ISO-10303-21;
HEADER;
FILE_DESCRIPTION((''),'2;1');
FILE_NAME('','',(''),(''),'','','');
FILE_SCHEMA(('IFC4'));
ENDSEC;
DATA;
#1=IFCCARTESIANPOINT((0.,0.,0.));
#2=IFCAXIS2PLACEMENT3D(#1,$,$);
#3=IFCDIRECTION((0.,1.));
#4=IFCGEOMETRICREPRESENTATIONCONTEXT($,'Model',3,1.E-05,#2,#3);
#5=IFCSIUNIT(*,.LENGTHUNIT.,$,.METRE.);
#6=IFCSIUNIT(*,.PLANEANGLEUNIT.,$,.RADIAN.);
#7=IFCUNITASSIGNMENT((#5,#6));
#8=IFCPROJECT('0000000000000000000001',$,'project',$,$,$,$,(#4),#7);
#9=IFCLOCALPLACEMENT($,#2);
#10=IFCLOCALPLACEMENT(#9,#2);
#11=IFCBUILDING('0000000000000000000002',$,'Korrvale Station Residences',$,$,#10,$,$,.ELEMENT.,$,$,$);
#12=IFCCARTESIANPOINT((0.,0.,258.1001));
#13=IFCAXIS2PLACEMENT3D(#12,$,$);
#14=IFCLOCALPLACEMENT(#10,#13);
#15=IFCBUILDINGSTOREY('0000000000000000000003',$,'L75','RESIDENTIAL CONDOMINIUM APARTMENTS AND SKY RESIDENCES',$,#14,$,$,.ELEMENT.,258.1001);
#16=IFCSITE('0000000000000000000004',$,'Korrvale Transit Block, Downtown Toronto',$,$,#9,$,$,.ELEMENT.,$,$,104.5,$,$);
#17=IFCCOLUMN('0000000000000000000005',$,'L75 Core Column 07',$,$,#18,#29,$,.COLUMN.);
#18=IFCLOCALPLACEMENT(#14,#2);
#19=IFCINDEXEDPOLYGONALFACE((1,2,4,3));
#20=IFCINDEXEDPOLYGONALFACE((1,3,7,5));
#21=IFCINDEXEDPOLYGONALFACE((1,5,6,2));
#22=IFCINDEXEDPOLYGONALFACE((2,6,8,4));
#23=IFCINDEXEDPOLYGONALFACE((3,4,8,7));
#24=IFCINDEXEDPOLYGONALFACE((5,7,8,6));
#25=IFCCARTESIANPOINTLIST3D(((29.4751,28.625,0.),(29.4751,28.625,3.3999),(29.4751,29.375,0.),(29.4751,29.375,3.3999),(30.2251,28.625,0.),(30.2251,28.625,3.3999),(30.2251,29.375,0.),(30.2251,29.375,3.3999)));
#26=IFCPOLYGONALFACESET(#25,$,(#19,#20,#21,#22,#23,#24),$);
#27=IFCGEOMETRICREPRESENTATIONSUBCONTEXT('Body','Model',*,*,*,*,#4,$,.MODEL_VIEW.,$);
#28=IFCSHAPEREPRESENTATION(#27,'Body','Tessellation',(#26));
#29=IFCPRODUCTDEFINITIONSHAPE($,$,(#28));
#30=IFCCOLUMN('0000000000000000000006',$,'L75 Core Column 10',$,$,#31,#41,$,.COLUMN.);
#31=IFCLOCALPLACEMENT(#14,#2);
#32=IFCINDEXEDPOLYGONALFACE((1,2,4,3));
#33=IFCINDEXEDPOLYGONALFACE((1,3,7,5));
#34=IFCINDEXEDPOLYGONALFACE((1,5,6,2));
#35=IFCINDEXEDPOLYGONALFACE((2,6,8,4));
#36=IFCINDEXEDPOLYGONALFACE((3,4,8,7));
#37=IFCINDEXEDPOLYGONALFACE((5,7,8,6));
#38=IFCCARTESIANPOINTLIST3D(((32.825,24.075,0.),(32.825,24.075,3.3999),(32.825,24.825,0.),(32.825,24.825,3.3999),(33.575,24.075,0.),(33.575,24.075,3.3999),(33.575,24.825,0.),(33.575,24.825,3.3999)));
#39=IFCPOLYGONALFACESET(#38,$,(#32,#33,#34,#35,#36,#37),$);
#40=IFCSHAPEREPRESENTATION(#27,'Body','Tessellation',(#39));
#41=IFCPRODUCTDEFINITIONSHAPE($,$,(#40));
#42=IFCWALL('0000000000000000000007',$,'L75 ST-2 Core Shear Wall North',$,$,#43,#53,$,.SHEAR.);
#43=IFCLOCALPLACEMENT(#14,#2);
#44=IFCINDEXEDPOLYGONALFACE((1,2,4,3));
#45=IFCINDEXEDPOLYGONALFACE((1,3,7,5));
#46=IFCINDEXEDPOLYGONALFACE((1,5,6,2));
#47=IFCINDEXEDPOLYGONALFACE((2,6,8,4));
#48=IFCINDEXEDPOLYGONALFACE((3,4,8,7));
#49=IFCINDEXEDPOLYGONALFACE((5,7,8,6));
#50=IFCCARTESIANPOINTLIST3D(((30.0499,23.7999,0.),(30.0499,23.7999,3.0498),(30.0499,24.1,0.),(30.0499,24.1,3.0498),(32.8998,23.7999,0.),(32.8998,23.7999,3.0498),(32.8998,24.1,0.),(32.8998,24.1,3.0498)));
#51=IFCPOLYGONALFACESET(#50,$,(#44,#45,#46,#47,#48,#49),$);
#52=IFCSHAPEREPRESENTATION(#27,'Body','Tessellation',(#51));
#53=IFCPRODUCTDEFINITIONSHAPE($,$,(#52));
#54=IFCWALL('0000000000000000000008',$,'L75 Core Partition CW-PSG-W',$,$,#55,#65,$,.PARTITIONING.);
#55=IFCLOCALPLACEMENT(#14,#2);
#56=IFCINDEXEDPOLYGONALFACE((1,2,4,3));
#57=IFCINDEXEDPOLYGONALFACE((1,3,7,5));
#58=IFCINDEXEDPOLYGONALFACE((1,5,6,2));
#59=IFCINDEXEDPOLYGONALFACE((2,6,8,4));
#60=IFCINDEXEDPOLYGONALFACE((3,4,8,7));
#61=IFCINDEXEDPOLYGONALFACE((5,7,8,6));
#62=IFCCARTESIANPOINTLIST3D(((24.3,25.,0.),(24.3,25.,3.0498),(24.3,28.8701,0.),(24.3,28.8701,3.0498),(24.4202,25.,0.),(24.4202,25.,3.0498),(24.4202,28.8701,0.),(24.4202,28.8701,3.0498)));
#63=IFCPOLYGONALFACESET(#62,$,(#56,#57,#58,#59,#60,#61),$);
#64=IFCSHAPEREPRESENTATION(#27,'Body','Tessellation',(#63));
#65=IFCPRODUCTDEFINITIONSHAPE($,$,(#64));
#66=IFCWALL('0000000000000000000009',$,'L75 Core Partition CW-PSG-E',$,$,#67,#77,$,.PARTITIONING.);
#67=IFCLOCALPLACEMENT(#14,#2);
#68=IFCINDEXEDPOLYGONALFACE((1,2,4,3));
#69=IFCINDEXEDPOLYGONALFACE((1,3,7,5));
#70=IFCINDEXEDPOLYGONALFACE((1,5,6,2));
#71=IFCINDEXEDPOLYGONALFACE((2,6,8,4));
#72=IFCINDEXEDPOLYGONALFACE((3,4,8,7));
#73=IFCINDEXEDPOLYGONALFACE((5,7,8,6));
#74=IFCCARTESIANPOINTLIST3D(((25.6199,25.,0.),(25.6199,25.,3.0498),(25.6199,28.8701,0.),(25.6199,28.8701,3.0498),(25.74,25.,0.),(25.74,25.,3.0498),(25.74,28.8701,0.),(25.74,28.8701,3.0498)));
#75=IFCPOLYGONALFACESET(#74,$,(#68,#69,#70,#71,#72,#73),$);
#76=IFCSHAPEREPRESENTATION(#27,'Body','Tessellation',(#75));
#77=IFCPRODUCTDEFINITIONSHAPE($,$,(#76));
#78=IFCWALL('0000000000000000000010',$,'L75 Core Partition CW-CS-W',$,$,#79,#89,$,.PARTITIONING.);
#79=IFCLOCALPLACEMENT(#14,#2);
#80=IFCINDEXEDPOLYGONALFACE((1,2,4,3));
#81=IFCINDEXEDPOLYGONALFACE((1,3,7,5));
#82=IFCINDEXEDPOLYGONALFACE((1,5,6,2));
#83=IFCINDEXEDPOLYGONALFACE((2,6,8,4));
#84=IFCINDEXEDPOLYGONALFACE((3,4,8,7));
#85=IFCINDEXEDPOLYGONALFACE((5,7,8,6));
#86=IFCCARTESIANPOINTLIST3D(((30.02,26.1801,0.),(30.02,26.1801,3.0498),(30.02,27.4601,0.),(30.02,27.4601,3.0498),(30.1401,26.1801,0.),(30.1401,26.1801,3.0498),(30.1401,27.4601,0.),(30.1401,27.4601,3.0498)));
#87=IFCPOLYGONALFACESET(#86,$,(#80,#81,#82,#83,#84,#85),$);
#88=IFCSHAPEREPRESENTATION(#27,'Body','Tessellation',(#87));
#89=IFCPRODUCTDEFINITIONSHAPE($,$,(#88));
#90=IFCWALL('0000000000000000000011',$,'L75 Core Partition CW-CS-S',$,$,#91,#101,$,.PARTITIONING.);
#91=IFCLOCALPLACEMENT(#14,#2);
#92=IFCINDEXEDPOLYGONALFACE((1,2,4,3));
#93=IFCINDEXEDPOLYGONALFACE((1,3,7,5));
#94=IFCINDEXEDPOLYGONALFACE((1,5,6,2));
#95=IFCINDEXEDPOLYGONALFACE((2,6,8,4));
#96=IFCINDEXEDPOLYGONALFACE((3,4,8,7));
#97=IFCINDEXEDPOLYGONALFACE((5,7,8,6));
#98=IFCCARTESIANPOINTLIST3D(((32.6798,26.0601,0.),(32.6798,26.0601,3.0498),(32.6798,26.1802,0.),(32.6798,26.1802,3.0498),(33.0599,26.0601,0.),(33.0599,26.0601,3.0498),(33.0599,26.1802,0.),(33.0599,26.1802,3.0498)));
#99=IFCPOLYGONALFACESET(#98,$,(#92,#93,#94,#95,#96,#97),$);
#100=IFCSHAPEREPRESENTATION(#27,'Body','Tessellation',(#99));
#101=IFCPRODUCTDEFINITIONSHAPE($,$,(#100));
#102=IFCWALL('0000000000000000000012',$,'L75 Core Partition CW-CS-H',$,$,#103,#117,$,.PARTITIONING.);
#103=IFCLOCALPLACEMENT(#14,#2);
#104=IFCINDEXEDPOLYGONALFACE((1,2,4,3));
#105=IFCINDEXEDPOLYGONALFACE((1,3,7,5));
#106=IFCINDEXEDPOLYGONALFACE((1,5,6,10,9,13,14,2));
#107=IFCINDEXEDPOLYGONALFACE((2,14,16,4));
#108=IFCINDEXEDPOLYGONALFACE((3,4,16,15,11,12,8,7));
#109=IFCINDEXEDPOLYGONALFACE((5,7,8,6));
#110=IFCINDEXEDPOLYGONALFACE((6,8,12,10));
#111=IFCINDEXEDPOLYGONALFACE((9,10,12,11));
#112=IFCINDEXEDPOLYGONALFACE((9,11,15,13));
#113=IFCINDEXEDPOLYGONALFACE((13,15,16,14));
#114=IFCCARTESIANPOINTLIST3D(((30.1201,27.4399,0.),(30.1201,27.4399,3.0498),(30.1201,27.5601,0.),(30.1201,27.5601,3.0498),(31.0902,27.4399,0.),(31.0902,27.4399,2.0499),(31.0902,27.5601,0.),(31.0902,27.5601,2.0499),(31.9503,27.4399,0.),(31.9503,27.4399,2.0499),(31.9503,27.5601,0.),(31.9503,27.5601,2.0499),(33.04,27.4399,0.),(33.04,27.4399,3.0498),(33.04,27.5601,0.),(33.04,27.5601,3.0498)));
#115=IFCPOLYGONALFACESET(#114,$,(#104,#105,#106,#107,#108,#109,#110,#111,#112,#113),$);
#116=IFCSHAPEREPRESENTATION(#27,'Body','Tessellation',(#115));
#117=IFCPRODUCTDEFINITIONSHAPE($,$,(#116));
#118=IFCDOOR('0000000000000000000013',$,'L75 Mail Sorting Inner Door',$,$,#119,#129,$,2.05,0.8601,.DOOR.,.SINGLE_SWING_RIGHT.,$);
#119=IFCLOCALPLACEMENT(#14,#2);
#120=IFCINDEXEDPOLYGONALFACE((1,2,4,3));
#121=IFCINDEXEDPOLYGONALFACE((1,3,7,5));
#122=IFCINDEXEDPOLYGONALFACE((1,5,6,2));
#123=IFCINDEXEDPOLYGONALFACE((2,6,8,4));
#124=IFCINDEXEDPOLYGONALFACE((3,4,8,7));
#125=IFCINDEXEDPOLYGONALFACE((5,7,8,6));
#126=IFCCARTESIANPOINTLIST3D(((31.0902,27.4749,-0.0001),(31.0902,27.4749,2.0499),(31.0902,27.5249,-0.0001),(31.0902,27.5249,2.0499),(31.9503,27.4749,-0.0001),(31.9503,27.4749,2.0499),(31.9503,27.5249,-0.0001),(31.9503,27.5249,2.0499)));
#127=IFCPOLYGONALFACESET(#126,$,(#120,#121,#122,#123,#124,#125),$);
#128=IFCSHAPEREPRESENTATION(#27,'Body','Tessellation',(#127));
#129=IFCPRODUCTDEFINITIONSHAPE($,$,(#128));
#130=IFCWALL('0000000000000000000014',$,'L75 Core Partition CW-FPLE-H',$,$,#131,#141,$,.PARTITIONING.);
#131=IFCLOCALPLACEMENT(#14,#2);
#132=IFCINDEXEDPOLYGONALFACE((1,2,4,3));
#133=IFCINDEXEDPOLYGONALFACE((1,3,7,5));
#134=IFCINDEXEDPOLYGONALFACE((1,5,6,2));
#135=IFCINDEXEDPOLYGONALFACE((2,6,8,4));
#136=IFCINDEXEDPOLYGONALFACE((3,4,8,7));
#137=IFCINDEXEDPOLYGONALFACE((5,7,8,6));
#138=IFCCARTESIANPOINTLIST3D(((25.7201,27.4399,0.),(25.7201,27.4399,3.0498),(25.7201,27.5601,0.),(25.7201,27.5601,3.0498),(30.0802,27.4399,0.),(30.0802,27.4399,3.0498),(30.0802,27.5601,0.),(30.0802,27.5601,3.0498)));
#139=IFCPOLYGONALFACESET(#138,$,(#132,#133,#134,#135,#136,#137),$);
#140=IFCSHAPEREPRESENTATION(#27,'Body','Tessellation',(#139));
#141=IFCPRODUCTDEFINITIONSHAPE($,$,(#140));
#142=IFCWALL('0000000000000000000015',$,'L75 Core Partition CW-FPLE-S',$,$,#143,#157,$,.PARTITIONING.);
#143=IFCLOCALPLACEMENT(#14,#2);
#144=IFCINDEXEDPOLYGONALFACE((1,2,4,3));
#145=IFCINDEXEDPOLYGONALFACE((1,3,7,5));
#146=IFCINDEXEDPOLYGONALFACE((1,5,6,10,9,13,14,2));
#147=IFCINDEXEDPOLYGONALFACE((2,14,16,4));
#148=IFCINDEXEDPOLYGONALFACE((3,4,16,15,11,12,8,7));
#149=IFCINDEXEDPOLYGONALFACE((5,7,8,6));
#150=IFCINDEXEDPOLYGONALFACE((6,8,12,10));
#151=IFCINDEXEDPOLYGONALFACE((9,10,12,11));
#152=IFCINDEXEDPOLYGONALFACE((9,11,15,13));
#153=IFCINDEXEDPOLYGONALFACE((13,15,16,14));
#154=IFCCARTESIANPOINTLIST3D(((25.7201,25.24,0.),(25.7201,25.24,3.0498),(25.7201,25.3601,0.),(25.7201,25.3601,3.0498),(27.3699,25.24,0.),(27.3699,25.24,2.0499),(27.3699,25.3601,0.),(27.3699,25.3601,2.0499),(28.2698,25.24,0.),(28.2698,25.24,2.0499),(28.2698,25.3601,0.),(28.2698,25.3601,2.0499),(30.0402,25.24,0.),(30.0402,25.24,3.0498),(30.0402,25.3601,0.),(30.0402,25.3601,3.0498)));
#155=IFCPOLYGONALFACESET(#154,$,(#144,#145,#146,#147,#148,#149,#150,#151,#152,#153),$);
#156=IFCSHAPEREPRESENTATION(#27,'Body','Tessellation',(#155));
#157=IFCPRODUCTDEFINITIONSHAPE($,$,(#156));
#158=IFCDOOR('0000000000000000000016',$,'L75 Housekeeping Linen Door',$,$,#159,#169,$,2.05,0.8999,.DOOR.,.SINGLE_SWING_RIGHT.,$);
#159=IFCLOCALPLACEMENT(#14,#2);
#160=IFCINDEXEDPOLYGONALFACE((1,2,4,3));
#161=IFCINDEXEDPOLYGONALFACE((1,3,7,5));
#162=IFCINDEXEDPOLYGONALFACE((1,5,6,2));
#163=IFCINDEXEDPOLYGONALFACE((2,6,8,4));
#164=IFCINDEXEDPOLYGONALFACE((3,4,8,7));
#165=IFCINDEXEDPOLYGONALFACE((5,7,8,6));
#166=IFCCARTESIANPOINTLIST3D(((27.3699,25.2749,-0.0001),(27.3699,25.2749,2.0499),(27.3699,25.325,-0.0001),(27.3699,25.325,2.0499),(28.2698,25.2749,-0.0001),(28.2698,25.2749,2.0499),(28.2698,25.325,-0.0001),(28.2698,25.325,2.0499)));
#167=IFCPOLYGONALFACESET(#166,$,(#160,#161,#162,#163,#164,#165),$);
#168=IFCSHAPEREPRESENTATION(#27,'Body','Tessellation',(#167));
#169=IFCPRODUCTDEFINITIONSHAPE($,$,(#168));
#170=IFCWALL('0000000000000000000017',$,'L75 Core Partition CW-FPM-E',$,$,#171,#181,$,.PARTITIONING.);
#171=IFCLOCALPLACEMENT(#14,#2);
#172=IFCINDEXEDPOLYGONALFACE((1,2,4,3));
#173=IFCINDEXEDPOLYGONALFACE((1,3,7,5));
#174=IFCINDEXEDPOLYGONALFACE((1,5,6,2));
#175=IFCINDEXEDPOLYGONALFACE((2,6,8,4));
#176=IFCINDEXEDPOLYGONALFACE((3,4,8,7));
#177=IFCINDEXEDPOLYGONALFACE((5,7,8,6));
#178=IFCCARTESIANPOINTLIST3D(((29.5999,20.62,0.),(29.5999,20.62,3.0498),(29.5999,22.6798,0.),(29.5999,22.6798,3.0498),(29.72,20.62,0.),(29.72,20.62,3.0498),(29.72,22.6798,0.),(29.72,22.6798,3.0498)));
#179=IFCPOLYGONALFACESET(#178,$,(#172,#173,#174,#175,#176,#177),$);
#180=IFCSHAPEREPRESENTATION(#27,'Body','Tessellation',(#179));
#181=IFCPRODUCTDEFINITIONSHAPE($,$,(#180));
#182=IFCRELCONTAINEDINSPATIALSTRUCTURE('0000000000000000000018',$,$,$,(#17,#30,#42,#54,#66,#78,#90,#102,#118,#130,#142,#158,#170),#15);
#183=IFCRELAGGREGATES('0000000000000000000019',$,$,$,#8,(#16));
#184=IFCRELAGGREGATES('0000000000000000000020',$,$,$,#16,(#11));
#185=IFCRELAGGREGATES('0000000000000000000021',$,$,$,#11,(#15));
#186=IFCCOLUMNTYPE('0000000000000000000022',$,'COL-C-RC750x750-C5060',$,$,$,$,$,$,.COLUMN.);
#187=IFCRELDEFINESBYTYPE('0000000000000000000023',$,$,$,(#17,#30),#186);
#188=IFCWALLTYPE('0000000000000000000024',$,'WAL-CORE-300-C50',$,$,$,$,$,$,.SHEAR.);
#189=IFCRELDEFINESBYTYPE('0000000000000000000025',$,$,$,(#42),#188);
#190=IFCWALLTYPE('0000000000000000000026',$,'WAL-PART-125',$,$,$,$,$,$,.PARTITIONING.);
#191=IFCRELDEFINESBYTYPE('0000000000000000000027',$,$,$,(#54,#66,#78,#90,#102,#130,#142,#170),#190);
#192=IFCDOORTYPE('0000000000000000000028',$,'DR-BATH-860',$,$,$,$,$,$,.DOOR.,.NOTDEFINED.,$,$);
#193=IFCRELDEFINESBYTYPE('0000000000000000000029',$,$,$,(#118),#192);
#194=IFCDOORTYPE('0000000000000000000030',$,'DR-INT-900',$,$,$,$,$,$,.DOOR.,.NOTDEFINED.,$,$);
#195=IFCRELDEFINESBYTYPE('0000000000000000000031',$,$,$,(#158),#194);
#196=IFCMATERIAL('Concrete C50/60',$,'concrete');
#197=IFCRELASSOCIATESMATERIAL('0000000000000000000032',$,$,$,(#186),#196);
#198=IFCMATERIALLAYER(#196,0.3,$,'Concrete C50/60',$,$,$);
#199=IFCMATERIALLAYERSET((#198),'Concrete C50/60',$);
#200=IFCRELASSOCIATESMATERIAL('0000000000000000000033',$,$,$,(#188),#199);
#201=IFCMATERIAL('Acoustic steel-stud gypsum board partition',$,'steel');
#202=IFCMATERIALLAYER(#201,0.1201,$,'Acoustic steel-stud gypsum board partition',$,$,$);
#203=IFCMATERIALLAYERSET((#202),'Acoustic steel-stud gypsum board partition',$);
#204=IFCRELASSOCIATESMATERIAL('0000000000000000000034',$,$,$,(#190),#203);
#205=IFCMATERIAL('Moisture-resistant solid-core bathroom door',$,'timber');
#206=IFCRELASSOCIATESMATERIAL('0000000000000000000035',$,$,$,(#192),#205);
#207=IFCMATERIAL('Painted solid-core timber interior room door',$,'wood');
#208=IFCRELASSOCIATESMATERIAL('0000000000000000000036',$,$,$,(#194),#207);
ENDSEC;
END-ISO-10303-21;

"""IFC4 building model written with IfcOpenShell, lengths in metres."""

from ifc_helpers import new_model, si_unit, direction, frame, frame_2d, origin, origin_2d, place, context, subcontext, project, spatial, rectangle, extrude, material, layer, layer_set, material_profile, profile_set, type_object, element, fill, save


model = new_model("IFC4")

# Units and contexts
model_context = context("Model", 3, precision=1e-05, world=origin(), true_north=direction((0.0, 1.0)))
body_context = subcontext(model_context, "Body", "Model", "MODEL_VIEW")
ifc_project = project(units=[si_unit("LENGTHUNIT", "METRE"), si_unit("PLANEANGLEUNIT", "RADIAN")], contexts=[model_context])

# Site, building, storey
site_placement = place(None, origin())
site = spatial("IfcSite", under=ifc_project, at=site_placement, Name="Korrvale Transit Block, Downtown Toronto", CompositionType="ELEMENT", RefElevation=104.5)
building_placement = place(site_placement, origin())
building = spatial("IfcBuilding", under=site, at=building_placement, Name="Korrvale Station Residences", CompositionType="ELEMENT")
storey_placement = place(building_placement, frame((0.0, 0.0, 258.1001)))
storey = spatial("IfcBuildingStorey", under=building, at=storey_placement, Name="L75", Description="RESIDENTIAL CONDOMINIUM APARTMENTS AND SKY RESIDENCES", CompositionType="ELEMENT", Elevation=258.1001)

# Columns
ifc_material_1 = material(Name="Concrete C50/60", Category="concrete")
ifc_material_profile = material_profile(ifc_material_1, rectangle(XDim=0.75, YDim=0.75, at=origin_2d()), Name="RC750x750")
ifc_profile_set = profile_set([ifc_material_profile], Name="Concrete C50/60")
column_type = type_object("IfcColumnType", Name="COL-C-RC750x750-C5060", PredefinedType="COLUMN", material=ifc_profile_set)
for number, where, z_axis, x_axis, name in (
    (1, (29.8501, 29.0, 0.0), (0.0, 0.0, 1.0), (1.0, 0.0, 0.0), "L75 Core Column 07"),
    (2, (33.2, 24.45, 0.0), (0.0, 0.0, 1.0), (1.0, 0.0, 0.0), "L75 Core Column 10"),
):
    element("IfcColumn", number, at=place(storey_placement, frame(where, z_axis=z_axis, x_axis=x_axis)), inside=storey, type_object=column_type, Name=name, PredefinedType="COLUMN", context=body_context, shape_type="SweptSolid", body=[
        extrude(rectangle(XDim=0.75, YDim=0.75, at=origin_2d()), origin(), (0.0, 0.0, 1.0), 3.3999),
    ])

# Walls
ifc_layer_1 = layer(ifc_material_1, 0.3, Name="Concrete C50/60")
ifc_layer_set_1 = layer_set([ifc_layer_1], Name="Concrete C50/60")
wall_type_1 = type_object("IfcWallType", Name="WAL-CORE-300-C50", PredefinedType="SHEAR", material=ifc_layer_set_1)
wall_1_placement = place(storey_placement, frame((30.05, 23.95, 0.0), z_axis=(0.0, 0.0, 1.0), x_axis=(1.0, 0.0, 0.0)))
element("IfcWall", 3, at=wall_1_placement, inside=storey, type_object=wall_type_1, Name="L75 ST-2 Core Shear Wall North", PredefinedType="SHEAR", context=body_context, shape_type="SweptSolid", body=[
    extrude(rectangle(XDim=2.8499, YDim=0.3, at=frame_2d((1.4248, 0.0))), origin(), (0.0, 0.0, 1.0), 3.0498),
])
ifc_material_2 = material(Name="Acoustic steel-stud gypsum board partition", Category="steel")
ifc_layer_2 = layer(ifc_material_2, 0.1201, Name="Acoustic steel-stud gypsum board partition")
ifc_layer_set_2 = layer_set([ifc_layer_2], Name="Acoustic steel-stud gypsum board partition")
wall_type_2 = type_object("IfcWallType", Name="WAL-PART-125", PredefinedType="PARTITIONING", material=ifc_layer_set_2)
for number, where, z_axis, x_axis, name in (
    (4, (24.3601, 25.0, 0.0), (0.0, 0.0, 1.0), (0.0, 1.0, 0.0), "L75 Core Partition CW-PSG-W"),
    (5, (25.6799, 25.0, 0.0), (0.0, 0.0, 1.0), (0.0, 1.0, 0.0), "L75 Core Partition CW-PSG-E"),
):
    element("IfcWall", number, at=place(storey_placement, frame(where, z_axis=z_axis, x_axis=x_axis)), inside=storey, type_object=wall_type_2, Name=name, PredefinedType="PARTITIONING", context=body_context, shape_type="SweptSolid", body=[
        extrude(rectangle(XDim=3.8701, YDim=0.1201, at=frame_2d((1.9351, 0.0))), origin(), (0.0, 0.0, 1.0), 3.0498),
    ])
wall_2_placement = place(storey_placement, frame((30.0801, 26.1799, 0.0), z_axis=(0.0, 0.0, 1.0), x_axis=(0.0, 1.0, 0.0)))
element("IfcWall", 6, at=wall_2_placement, inside=storey, type_object=wall_type_2, Name="L75 Core Partition CW-CS-W", PredefinedType="PARTITIONING", context=body_context, shape_type="SweptSolid", body=[
    extrude(rectangle(XDim=1.28, YDim=0.1201, at=frame_2d((0.6401, 0.0))), origin(), (0.0, 0.0, 1.0), 3.0498),
])
wall_3_placement = place(storey_placement, frame((32.6799, 26.1201, 0.0), z_axis=(0.0, 0.0, 1.0), x_axis=(1.0, 0.0, 0.0)))
element("IfcWall", 7, at=wall_3_placement, inside=storey, type_object=wall_type_2, Name="L75 Core Partition CW-CS-S", PredefinedType="PARTITIONING", context=body_context, shape_type="SweptSolid", body=[
    extrude(rectangle(XDim=0.3801, YDim=0.1201, at=frame_2d((0.1899, 0.0))), origin(), (0.0, 0.0, 1.0), 3.0498),
])

# Wall, opening, door
wall_4_placement = place(storey_placement, frame((30.1201, 27.5, 0.0), z_axis=(0.0, 0.0, 1.0), x_axis=(1.0, 0.0, 0.0)))
wall_4 = element("IfcWall", 8, at=wall_4_placement, inside=storey, type_object=wall_type_2, Name="L75 Core Partition CW-CS-H", PredefinedType="PARTITIONING", context=body_context, shape_type="SweptSolid", body=[
    extrude(rectangle(XDim=2.9199, YDim=0.1201, at=frame_2d((1.46, 0.0))), origin(), (0.0, 0.0, 1.0), 3.0498),
])
opening_1_placement = place(wall_4_placement, frame((0.97, 0.0, 0.0)))
opening_1 = element("IfcOpeningElement", 9, at=opening_1_placement, cuts=wall_4, PredefinedType="OPENING", context=body_context, shape_type="SweptSolid", body=[
    extrude(rectangle(XDim=0.8601, YDim=2.05, at=frame_2d((0.4302, 1.0249))), frame((0.0, 0.0701, 0.0), z_axis=(0.0, -1.0, 0.0), x_axis=(1.0, 0.0, 0.0)), (0.0, 0.0, 1.0), 0.1401),
])
ifc_material_3 = material(Name="Moisture-resistant solid-core bathroom door", Category="timber")
door_type_1 = type_object("IfcDoorType", Name="DR-BATH-860", OperationType="NOTDEFINED", PredefinedType="DOOR", material=ifc_material_3)
door_1_placement = place(opening_1_placement, origin())
door_1 = element("IfcDoor", 10, at=door_1_placement, inside=storey, type_object=door_type_1, Name="L75 Mail Sorting Inner Door", OperationType="SINGLE_SWING_RIGHT", OverallHeight=2.05, OverallWidth=0.8601, PredefinedType="DOOR", context=body_context, shape_type="SweptSolid", body=[
    extrude(rectangle(XDim=0.8601, YDim=2.05, at=frame_2d((0.4302, 1.0249))), frame((0.0, 0.0249, 0.0), z_axis=(0.0, -1.0, 0.0), x_axis=(1.0, 0.0, 0.0)), (0.0, 0.0, 1.0), 0.05),
])
fill(opening_1, door_1)

# Wall
wall_5_placement = place(storey_placement, frame((25.72, 27.5, 0.0), z_axis=(0.0, 0.0, 1.0), x_axis=(1.0, 0.0, 0.0)))
element("IfcWall", 11, at=wall_5_placement, inside=storey, type_object=wall_type_2, Name="L75 Core Partition CW-FPLE-H", PredefinedType="PARTITIONING", context=body_context, shape_type="SweptSolid", body=[
    extrude(rectangle(XDim=4.3601, YDim=0.1201, at=frame_2d((2.1802, 0.0))), origin(), (0.0, 0.0, 1.0), 3.0498),
])

# Wall, opening, door
wall_6_placement = place(storey_placement, frame((25.72, 25.3, 0.0), z_axis=(0.0, 0.0, 1.0), x_axis=(1.0, 0.0, 0.0)))
wall_6 = element("IfcWall", 12, at=wall_6_placement, inside=storey, type_object=wall_type_2, Name="L75 Core Partition CW-FPLE-S", PredefinedType="PARTITIONING", context=body_context, shape_type="SweptSolid", body=[
    extrude(rectangle(XDim=4.3201, YDim=0.1201, at=frame_2d((2.1602, 0.0))), origin(), (0.0, 0.0, 1.0), 3.0498),
])
opening_2_placement = place(wall_6_placement, frame((1.6499, 0.0, 0.0)))
opening_2 = element("IfcOpeningElement", 13, at=opening_2_placement, cuts=wall_6, PredefinedType="OPENING", context=body_context, shape_type="SweptSolid", body=[
    extrude(rectangle(XDim=0.8999, YDim=2.05, at=frame_2d((0.45, 1.0249))), frame((0.0, 0.0701, 0.0), z_axis=(0.0, -1.0, 0.0), x_axis=(1.0, 0.0, 0.0)), (0.0, 0.0, 1.0), 0.1401),
])
ifc_material_4 = material(Name="Painted solid-core timber interior room door", Category="wood")
door_type_2 = type_object("IfcDoorType", Name="DR-INT-900", OperationType="NOTDEFINED", PredefinedType="DOOR", material=ifc_material_4)
door_2_placement = place(opening_2_placement, origin())
door_2 = element("IfcDoor", 14, at=door_2_placement, inside=storey, type_object=door_type_2, Name="L75 Housekeeping Linen Door", OperationType="SINGLE_SWING_RIGHT", OverallHeight=2.05, OverallWidth=0.8999, PredefinedType="DOOR", context=body_context, shape_type="SweptSolid", body=[
    extrude(rectangle(XDim=0.8999, YDim=2.05, at=frame_2d((0.45, 1.0249))), frame((0.0, 0.0249, 0.0), z_axis=(0.0, -1.0, 0.0), x_axis=(1.0, 0.0, 0.0)), (0.0, 0.0, 1.0), 0.05),
])
fill(opening_2, door_2)

# Wall
wall_7_placement = place(storey_placement, frame((29.6599, 20.6201, 0.0), z_axis=(0.0, 0.0, 1.0), x_axis=(0.0, 1.0, 0.0)))
element("IfcWall", 15, at=wall_7_placement, inside=storey, type_object=wall_type_2, Name="L75 Core Partition CW-FPM-E", PredefinedType="PARTITIONING", context=body_context, shape_type="SweptSolid", body=[
    extrude(rectangle(XDim=2.0598, YDim=0.1201, at=frame_2d((1.0298, 0.0))), origin(), (0.0, 0.0, 1.0), 3.0498),
])

save(model, "model.ifc")
